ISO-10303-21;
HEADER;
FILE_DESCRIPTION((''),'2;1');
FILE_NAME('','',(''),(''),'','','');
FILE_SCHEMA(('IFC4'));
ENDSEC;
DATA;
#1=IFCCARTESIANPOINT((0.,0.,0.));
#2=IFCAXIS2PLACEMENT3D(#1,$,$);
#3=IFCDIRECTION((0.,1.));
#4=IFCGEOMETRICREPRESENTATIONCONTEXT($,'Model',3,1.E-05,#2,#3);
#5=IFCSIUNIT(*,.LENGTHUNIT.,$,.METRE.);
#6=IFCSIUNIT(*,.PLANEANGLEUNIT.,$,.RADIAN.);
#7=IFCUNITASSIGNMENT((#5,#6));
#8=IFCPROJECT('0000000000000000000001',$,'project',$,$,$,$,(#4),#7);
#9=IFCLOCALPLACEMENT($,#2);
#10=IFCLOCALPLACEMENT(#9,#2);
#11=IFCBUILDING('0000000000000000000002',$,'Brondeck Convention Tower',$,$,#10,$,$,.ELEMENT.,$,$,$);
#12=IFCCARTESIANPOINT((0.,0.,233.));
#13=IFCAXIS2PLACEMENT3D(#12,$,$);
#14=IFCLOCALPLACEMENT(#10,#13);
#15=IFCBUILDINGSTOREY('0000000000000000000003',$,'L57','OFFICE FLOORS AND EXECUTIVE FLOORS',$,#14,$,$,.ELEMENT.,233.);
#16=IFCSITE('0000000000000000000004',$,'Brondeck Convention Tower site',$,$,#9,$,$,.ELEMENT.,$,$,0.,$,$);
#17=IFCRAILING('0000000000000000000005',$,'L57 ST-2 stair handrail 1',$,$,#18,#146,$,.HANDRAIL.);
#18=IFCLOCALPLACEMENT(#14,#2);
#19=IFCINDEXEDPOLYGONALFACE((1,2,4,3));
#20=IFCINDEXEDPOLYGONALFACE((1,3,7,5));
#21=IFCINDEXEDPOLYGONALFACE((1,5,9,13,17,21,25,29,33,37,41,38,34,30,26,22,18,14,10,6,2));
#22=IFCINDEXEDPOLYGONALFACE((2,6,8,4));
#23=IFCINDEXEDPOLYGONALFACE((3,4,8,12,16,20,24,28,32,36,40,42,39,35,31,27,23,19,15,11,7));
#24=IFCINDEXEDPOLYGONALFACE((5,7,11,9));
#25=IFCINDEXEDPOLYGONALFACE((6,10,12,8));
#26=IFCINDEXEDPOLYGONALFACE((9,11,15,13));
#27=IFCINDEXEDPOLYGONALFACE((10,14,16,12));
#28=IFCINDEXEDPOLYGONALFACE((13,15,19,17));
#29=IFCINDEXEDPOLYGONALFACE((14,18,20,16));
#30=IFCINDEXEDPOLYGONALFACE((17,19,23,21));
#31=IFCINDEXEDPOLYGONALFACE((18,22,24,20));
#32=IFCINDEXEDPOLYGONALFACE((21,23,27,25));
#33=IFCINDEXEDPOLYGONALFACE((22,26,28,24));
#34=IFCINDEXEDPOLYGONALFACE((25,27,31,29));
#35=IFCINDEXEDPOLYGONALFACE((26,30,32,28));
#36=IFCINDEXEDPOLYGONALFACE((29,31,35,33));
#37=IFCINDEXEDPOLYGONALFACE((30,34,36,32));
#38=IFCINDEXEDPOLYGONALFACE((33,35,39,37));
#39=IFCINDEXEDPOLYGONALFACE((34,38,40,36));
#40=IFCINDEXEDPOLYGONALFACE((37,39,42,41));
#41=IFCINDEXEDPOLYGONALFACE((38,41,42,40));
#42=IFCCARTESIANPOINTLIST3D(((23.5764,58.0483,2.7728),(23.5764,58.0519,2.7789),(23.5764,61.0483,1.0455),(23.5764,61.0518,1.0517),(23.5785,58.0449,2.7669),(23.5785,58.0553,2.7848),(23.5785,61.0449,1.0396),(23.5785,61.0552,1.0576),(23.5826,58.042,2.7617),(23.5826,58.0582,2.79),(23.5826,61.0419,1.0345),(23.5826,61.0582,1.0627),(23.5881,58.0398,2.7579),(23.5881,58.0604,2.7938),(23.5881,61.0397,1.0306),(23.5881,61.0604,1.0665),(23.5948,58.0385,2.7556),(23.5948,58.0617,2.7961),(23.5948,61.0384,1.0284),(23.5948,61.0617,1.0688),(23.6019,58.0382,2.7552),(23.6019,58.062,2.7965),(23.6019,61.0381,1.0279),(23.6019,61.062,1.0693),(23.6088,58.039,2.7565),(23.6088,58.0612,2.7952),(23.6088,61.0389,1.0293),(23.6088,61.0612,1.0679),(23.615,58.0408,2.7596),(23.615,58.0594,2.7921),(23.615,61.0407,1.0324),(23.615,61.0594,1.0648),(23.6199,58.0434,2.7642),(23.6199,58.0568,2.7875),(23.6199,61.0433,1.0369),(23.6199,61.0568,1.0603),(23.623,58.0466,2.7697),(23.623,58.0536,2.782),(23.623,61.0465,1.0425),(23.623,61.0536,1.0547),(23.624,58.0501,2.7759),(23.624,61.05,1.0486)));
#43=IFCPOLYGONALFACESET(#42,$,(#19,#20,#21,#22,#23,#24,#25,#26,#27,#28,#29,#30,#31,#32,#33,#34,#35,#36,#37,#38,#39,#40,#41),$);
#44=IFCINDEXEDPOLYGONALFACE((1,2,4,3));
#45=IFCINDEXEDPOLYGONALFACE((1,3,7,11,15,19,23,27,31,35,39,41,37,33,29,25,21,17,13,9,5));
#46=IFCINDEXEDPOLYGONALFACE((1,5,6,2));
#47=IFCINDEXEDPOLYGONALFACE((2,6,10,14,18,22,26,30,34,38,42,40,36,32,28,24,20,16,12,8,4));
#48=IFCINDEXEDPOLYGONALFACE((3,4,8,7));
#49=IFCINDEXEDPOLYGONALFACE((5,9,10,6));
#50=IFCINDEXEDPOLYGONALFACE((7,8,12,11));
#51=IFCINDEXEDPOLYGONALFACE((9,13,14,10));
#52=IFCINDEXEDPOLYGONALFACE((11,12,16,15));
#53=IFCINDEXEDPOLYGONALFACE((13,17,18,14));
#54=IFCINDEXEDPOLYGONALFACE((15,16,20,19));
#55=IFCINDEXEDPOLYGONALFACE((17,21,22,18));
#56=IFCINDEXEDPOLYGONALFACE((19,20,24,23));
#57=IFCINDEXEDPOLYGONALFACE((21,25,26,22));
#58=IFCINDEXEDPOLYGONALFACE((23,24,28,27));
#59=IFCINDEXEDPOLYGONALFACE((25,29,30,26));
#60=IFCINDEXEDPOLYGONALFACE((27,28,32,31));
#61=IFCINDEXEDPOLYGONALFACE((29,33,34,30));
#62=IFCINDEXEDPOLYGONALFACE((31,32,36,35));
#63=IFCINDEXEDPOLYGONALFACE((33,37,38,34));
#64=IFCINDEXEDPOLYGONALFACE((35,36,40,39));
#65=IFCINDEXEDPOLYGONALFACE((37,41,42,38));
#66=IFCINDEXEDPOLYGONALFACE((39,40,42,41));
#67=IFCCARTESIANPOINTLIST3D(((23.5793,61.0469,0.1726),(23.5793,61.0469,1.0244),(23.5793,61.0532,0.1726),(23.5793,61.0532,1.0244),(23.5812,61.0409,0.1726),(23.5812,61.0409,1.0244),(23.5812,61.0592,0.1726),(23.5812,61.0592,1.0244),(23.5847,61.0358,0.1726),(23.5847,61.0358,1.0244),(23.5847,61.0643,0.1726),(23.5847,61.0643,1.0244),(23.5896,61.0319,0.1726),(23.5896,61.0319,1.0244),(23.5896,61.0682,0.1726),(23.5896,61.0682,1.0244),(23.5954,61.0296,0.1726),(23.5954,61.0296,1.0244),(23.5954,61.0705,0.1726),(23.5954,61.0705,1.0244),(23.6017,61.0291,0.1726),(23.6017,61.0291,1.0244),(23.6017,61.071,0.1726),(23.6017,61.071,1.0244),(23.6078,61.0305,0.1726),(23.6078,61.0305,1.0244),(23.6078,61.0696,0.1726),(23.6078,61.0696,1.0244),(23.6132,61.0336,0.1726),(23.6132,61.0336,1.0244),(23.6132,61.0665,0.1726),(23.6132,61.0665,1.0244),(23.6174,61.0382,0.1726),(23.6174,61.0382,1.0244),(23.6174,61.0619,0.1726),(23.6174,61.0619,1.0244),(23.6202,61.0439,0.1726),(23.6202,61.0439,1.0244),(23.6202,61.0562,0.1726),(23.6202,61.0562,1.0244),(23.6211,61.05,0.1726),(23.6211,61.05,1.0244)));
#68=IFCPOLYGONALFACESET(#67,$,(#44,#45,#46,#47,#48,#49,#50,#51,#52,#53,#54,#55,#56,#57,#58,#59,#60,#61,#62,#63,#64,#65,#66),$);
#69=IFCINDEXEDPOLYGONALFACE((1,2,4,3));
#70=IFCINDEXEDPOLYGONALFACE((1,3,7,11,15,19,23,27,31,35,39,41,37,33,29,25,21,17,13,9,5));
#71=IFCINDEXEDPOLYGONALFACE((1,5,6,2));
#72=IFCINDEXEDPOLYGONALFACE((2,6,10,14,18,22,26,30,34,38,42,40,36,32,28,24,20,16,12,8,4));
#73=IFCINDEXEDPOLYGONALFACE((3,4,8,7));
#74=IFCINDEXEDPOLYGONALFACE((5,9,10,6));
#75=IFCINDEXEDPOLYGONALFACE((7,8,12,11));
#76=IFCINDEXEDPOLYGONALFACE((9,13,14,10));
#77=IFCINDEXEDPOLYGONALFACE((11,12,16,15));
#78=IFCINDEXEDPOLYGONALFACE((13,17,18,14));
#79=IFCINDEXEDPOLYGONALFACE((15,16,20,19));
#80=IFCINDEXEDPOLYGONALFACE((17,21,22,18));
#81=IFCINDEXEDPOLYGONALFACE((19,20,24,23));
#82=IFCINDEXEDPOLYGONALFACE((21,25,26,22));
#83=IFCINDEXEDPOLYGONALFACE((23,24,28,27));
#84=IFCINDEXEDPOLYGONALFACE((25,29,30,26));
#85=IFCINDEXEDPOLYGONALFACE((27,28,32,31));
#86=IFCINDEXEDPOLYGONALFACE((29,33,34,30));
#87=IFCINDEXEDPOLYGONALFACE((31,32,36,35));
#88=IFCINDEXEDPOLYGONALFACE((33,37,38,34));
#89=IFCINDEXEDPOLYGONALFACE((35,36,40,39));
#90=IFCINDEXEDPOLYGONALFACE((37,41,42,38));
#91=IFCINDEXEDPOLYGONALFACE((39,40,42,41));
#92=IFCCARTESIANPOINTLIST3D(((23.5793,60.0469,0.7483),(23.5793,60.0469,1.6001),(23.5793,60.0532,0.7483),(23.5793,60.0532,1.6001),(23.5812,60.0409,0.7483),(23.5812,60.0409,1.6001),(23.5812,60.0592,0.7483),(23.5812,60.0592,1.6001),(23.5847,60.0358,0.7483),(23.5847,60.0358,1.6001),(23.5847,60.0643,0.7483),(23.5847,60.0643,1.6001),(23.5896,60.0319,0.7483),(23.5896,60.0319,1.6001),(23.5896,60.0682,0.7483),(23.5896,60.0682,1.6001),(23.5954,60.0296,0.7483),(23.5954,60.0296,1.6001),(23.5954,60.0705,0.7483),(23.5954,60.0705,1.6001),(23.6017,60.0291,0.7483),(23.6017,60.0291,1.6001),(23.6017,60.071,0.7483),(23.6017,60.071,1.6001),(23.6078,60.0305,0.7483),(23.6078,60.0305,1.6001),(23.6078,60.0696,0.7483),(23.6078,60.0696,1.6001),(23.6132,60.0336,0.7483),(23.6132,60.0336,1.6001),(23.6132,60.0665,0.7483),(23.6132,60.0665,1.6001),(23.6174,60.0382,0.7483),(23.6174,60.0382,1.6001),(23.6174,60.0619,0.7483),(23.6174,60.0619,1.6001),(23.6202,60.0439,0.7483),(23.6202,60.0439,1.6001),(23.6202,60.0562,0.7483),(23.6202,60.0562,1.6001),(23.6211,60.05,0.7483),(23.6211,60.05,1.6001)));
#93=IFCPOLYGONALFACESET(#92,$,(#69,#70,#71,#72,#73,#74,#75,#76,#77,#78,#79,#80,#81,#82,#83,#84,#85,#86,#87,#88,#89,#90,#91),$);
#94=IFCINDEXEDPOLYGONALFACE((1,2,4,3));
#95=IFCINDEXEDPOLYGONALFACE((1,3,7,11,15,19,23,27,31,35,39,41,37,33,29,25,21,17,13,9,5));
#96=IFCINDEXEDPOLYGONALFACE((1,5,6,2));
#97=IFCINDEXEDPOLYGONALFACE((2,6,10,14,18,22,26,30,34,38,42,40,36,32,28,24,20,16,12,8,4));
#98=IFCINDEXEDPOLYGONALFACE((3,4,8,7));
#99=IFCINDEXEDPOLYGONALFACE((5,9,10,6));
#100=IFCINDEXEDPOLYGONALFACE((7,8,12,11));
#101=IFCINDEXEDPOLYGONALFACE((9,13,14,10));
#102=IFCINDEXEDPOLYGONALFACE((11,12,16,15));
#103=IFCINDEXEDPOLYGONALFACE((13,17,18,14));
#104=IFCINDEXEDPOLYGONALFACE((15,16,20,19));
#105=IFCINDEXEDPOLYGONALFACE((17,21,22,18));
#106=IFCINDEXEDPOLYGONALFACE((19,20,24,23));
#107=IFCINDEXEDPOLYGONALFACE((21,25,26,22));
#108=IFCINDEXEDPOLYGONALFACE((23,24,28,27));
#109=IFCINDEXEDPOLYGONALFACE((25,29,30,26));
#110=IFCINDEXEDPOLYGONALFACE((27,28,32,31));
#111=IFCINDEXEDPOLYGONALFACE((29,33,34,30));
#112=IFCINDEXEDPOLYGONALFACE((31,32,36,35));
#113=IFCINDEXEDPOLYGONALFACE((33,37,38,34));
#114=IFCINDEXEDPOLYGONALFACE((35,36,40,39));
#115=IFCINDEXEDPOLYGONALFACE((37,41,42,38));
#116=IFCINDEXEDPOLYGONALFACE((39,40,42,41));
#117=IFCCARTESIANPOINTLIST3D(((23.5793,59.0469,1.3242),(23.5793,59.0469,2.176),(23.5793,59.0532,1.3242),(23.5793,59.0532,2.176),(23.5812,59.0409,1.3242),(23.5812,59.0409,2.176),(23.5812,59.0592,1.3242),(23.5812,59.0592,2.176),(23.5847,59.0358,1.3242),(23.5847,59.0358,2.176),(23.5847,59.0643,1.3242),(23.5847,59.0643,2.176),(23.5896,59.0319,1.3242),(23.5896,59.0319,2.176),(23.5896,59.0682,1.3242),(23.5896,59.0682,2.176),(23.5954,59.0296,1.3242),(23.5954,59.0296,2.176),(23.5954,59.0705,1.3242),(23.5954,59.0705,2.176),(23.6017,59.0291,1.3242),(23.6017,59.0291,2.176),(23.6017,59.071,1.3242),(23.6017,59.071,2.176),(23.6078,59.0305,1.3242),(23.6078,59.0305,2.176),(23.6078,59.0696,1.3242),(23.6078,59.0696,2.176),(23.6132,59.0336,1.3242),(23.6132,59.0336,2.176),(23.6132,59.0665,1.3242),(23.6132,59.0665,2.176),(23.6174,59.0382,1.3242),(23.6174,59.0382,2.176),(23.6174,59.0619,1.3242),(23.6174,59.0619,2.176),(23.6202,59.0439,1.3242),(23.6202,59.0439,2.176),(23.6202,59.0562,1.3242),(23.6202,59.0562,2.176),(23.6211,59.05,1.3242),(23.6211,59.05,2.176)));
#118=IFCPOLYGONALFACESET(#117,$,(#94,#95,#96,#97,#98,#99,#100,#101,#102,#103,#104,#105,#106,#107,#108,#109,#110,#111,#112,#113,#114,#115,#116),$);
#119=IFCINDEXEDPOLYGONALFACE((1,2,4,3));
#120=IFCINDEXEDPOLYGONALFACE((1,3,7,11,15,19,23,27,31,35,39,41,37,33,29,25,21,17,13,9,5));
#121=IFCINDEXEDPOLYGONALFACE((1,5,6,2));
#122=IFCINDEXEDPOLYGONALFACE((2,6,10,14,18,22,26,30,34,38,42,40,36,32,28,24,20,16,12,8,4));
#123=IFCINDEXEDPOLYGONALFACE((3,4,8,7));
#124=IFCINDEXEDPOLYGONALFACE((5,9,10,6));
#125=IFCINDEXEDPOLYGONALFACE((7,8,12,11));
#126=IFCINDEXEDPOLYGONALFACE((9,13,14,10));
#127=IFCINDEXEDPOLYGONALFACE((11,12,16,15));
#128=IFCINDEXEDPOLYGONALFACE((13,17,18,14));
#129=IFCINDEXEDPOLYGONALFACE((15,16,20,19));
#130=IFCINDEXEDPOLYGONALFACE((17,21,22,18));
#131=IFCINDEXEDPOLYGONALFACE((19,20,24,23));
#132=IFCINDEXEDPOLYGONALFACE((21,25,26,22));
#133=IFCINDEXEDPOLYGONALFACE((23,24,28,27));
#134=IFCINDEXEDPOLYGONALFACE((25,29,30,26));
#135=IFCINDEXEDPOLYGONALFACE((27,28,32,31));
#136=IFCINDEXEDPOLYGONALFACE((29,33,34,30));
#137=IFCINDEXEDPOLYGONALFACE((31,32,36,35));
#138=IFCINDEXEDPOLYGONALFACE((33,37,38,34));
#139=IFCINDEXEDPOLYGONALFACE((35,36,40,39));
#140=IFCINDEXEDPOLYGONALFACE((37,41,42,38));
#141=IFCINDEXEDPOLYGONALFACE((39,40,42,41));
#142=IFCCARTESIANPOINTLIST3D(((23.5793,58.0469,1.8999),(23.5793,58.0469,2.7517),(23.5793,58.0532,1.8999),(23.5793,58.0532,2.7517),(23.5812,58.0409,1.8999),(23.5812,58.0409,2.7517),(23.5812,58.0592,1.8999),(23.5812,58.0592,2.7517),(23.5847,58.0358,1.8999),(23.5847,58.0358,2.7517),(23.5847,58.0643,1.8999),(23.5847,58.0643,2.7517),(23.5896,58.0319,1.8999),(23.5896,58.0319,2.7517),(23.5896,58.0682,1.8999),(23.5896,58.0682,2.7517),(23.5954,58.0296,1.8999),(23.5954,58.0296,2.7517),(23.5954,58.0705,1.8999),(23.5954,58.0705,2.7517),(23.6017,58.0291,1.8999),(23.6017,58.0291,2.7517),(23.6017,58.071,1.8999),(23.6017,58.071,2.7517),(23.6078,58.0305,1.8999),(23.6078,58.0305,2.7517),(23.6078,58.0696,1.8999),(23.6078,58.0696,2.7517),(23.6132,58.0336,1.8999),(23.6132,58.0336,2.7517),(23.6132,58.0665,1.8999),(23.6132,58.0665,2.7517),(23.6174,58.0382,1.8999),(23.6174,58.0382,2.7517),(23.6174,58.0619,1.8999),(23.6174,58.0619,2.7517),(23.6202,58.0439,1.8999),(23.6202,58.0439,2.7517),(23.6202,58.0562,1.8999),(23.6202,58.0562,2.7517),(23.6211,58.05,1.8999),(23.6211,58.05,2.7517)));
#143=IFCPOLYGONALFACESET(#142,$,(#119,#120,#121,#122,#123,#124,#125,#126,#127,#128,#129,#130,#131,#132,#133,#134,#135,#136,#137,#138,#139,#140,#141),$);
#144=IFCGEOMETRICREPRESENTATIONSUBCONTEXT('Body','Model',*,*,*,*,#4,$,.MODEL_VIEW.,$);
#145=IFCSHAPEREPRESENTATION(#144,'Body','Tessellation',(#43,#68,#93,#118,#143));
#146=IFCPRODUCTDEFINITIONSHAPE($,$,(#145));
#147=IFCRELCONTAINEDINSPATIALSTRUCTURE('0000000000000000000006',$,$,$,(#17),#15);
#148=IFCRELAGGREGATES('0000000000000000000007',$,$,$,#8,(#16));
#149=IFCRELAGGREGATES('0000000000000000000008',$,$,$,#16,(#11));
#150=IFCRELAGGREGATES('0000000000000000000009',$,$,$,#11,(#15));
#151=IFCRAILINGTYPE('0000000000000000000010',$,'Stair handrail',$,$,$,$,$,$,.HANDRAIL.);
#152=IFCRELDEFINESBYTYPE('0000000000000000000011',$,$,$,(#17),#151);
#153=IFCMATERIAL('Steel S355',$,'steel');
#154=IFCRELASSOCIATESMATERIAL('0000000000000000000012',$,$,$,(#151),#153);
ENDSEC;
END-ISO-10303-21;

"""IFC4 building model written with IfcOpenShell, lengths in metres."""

from ifc_helpers import new_model, si_unit, direction, frame, origin, origin_2d, place, context, subcontext, project, spatial, circle, extrude, material, type_object, element, save


model = new_model("IFC4")

# Units and contexts
model_context = context("Model", 3, precision=1e-05, world=origin(), true_north=direction((0.0, 1.0)))
body_context = subcontext(model_context, "Body", "Model", "MODEL_VIEW")
ifc_project = project(units=[si_unit("LENGTHUNIT", "METRE"), si_unit("PLANEANGLEUNIT", "RADIAN")], contexts=[model_context])

# Site, building, storey
site_placement = place(None, origin())
site = spatial("IfcSite", under=ifc_project, at=site_placement, Name="Brondeck Convention Tower site", CompositionType="ELEMENT", RefElevation=0.0)
building_placement = place(site_placement, origin())
building = spatial("IfcBuilding", under=site, at=building_placement, Name="Brondeck Convention Tower", CompositionType="ELEMENT")
storey_placement = place(building_placement, frame((0.0, 0.0, 233.0)))
storey = spatial("IfcBuildingStorey", under=building, at=storey_placement, Name="L57", Description="OFFICE FLOORS AND EXECUTIVE FLOORS", CompositionType="ELEMENT", Elevation=233.0)

# Railing
ifc_material_1 = material(Name="Steel S355", Category="steel")
railing_type_1 = type_object("IfcRailingType", Name="Stair handrail", PredefinedType="HANDRAIL", material=ifc_material_1)
railing_1_placement = place(storey_placement, frame((23.6001, 61.05, 0.1726)))
element("IfcRailing", 1, at=railing_1_placement, inside=storey, type_object=railing_type_1, Name="L57 ST-2 stair handrail 1", PredefinedType="HANDRAIL", context=body_context, shape_type="SweptSolid", body=[
    extrude(circle(Radius=0.0239, at=origin_2d()), frame((0.0, 0.0, 0.876), z_axis=(0.0, -0.86662, 0.498969), x_axis=(1.0, 0.0, 0.0)), (0.0, 0.0, 1.0), 3.4617),
    extrude(circle(Radius=0.021, at=origin_2d()), origin(), (0.0, 0.0, 1.0), 0.8518),
    extrude(circle(Radius=0.021, at=origin_2d()), frame((0.0, -1.0, 0.5757)), (0.0, 0.0, 1.0), 0.8518),
    extrude(circle(Radius=0.021, at=origin_2d()), frame((0.0, -2.0, 1.1516)), (0.0, 0.0, 1.0), 0.8518),
    extrude(circle(Radius=0.021, at=origin_2d()), frame((0.0, -3.0, 1.7273)), (0.0, 0.0, 1.0), 0.8518),
])

save(model, "model.ifc")
